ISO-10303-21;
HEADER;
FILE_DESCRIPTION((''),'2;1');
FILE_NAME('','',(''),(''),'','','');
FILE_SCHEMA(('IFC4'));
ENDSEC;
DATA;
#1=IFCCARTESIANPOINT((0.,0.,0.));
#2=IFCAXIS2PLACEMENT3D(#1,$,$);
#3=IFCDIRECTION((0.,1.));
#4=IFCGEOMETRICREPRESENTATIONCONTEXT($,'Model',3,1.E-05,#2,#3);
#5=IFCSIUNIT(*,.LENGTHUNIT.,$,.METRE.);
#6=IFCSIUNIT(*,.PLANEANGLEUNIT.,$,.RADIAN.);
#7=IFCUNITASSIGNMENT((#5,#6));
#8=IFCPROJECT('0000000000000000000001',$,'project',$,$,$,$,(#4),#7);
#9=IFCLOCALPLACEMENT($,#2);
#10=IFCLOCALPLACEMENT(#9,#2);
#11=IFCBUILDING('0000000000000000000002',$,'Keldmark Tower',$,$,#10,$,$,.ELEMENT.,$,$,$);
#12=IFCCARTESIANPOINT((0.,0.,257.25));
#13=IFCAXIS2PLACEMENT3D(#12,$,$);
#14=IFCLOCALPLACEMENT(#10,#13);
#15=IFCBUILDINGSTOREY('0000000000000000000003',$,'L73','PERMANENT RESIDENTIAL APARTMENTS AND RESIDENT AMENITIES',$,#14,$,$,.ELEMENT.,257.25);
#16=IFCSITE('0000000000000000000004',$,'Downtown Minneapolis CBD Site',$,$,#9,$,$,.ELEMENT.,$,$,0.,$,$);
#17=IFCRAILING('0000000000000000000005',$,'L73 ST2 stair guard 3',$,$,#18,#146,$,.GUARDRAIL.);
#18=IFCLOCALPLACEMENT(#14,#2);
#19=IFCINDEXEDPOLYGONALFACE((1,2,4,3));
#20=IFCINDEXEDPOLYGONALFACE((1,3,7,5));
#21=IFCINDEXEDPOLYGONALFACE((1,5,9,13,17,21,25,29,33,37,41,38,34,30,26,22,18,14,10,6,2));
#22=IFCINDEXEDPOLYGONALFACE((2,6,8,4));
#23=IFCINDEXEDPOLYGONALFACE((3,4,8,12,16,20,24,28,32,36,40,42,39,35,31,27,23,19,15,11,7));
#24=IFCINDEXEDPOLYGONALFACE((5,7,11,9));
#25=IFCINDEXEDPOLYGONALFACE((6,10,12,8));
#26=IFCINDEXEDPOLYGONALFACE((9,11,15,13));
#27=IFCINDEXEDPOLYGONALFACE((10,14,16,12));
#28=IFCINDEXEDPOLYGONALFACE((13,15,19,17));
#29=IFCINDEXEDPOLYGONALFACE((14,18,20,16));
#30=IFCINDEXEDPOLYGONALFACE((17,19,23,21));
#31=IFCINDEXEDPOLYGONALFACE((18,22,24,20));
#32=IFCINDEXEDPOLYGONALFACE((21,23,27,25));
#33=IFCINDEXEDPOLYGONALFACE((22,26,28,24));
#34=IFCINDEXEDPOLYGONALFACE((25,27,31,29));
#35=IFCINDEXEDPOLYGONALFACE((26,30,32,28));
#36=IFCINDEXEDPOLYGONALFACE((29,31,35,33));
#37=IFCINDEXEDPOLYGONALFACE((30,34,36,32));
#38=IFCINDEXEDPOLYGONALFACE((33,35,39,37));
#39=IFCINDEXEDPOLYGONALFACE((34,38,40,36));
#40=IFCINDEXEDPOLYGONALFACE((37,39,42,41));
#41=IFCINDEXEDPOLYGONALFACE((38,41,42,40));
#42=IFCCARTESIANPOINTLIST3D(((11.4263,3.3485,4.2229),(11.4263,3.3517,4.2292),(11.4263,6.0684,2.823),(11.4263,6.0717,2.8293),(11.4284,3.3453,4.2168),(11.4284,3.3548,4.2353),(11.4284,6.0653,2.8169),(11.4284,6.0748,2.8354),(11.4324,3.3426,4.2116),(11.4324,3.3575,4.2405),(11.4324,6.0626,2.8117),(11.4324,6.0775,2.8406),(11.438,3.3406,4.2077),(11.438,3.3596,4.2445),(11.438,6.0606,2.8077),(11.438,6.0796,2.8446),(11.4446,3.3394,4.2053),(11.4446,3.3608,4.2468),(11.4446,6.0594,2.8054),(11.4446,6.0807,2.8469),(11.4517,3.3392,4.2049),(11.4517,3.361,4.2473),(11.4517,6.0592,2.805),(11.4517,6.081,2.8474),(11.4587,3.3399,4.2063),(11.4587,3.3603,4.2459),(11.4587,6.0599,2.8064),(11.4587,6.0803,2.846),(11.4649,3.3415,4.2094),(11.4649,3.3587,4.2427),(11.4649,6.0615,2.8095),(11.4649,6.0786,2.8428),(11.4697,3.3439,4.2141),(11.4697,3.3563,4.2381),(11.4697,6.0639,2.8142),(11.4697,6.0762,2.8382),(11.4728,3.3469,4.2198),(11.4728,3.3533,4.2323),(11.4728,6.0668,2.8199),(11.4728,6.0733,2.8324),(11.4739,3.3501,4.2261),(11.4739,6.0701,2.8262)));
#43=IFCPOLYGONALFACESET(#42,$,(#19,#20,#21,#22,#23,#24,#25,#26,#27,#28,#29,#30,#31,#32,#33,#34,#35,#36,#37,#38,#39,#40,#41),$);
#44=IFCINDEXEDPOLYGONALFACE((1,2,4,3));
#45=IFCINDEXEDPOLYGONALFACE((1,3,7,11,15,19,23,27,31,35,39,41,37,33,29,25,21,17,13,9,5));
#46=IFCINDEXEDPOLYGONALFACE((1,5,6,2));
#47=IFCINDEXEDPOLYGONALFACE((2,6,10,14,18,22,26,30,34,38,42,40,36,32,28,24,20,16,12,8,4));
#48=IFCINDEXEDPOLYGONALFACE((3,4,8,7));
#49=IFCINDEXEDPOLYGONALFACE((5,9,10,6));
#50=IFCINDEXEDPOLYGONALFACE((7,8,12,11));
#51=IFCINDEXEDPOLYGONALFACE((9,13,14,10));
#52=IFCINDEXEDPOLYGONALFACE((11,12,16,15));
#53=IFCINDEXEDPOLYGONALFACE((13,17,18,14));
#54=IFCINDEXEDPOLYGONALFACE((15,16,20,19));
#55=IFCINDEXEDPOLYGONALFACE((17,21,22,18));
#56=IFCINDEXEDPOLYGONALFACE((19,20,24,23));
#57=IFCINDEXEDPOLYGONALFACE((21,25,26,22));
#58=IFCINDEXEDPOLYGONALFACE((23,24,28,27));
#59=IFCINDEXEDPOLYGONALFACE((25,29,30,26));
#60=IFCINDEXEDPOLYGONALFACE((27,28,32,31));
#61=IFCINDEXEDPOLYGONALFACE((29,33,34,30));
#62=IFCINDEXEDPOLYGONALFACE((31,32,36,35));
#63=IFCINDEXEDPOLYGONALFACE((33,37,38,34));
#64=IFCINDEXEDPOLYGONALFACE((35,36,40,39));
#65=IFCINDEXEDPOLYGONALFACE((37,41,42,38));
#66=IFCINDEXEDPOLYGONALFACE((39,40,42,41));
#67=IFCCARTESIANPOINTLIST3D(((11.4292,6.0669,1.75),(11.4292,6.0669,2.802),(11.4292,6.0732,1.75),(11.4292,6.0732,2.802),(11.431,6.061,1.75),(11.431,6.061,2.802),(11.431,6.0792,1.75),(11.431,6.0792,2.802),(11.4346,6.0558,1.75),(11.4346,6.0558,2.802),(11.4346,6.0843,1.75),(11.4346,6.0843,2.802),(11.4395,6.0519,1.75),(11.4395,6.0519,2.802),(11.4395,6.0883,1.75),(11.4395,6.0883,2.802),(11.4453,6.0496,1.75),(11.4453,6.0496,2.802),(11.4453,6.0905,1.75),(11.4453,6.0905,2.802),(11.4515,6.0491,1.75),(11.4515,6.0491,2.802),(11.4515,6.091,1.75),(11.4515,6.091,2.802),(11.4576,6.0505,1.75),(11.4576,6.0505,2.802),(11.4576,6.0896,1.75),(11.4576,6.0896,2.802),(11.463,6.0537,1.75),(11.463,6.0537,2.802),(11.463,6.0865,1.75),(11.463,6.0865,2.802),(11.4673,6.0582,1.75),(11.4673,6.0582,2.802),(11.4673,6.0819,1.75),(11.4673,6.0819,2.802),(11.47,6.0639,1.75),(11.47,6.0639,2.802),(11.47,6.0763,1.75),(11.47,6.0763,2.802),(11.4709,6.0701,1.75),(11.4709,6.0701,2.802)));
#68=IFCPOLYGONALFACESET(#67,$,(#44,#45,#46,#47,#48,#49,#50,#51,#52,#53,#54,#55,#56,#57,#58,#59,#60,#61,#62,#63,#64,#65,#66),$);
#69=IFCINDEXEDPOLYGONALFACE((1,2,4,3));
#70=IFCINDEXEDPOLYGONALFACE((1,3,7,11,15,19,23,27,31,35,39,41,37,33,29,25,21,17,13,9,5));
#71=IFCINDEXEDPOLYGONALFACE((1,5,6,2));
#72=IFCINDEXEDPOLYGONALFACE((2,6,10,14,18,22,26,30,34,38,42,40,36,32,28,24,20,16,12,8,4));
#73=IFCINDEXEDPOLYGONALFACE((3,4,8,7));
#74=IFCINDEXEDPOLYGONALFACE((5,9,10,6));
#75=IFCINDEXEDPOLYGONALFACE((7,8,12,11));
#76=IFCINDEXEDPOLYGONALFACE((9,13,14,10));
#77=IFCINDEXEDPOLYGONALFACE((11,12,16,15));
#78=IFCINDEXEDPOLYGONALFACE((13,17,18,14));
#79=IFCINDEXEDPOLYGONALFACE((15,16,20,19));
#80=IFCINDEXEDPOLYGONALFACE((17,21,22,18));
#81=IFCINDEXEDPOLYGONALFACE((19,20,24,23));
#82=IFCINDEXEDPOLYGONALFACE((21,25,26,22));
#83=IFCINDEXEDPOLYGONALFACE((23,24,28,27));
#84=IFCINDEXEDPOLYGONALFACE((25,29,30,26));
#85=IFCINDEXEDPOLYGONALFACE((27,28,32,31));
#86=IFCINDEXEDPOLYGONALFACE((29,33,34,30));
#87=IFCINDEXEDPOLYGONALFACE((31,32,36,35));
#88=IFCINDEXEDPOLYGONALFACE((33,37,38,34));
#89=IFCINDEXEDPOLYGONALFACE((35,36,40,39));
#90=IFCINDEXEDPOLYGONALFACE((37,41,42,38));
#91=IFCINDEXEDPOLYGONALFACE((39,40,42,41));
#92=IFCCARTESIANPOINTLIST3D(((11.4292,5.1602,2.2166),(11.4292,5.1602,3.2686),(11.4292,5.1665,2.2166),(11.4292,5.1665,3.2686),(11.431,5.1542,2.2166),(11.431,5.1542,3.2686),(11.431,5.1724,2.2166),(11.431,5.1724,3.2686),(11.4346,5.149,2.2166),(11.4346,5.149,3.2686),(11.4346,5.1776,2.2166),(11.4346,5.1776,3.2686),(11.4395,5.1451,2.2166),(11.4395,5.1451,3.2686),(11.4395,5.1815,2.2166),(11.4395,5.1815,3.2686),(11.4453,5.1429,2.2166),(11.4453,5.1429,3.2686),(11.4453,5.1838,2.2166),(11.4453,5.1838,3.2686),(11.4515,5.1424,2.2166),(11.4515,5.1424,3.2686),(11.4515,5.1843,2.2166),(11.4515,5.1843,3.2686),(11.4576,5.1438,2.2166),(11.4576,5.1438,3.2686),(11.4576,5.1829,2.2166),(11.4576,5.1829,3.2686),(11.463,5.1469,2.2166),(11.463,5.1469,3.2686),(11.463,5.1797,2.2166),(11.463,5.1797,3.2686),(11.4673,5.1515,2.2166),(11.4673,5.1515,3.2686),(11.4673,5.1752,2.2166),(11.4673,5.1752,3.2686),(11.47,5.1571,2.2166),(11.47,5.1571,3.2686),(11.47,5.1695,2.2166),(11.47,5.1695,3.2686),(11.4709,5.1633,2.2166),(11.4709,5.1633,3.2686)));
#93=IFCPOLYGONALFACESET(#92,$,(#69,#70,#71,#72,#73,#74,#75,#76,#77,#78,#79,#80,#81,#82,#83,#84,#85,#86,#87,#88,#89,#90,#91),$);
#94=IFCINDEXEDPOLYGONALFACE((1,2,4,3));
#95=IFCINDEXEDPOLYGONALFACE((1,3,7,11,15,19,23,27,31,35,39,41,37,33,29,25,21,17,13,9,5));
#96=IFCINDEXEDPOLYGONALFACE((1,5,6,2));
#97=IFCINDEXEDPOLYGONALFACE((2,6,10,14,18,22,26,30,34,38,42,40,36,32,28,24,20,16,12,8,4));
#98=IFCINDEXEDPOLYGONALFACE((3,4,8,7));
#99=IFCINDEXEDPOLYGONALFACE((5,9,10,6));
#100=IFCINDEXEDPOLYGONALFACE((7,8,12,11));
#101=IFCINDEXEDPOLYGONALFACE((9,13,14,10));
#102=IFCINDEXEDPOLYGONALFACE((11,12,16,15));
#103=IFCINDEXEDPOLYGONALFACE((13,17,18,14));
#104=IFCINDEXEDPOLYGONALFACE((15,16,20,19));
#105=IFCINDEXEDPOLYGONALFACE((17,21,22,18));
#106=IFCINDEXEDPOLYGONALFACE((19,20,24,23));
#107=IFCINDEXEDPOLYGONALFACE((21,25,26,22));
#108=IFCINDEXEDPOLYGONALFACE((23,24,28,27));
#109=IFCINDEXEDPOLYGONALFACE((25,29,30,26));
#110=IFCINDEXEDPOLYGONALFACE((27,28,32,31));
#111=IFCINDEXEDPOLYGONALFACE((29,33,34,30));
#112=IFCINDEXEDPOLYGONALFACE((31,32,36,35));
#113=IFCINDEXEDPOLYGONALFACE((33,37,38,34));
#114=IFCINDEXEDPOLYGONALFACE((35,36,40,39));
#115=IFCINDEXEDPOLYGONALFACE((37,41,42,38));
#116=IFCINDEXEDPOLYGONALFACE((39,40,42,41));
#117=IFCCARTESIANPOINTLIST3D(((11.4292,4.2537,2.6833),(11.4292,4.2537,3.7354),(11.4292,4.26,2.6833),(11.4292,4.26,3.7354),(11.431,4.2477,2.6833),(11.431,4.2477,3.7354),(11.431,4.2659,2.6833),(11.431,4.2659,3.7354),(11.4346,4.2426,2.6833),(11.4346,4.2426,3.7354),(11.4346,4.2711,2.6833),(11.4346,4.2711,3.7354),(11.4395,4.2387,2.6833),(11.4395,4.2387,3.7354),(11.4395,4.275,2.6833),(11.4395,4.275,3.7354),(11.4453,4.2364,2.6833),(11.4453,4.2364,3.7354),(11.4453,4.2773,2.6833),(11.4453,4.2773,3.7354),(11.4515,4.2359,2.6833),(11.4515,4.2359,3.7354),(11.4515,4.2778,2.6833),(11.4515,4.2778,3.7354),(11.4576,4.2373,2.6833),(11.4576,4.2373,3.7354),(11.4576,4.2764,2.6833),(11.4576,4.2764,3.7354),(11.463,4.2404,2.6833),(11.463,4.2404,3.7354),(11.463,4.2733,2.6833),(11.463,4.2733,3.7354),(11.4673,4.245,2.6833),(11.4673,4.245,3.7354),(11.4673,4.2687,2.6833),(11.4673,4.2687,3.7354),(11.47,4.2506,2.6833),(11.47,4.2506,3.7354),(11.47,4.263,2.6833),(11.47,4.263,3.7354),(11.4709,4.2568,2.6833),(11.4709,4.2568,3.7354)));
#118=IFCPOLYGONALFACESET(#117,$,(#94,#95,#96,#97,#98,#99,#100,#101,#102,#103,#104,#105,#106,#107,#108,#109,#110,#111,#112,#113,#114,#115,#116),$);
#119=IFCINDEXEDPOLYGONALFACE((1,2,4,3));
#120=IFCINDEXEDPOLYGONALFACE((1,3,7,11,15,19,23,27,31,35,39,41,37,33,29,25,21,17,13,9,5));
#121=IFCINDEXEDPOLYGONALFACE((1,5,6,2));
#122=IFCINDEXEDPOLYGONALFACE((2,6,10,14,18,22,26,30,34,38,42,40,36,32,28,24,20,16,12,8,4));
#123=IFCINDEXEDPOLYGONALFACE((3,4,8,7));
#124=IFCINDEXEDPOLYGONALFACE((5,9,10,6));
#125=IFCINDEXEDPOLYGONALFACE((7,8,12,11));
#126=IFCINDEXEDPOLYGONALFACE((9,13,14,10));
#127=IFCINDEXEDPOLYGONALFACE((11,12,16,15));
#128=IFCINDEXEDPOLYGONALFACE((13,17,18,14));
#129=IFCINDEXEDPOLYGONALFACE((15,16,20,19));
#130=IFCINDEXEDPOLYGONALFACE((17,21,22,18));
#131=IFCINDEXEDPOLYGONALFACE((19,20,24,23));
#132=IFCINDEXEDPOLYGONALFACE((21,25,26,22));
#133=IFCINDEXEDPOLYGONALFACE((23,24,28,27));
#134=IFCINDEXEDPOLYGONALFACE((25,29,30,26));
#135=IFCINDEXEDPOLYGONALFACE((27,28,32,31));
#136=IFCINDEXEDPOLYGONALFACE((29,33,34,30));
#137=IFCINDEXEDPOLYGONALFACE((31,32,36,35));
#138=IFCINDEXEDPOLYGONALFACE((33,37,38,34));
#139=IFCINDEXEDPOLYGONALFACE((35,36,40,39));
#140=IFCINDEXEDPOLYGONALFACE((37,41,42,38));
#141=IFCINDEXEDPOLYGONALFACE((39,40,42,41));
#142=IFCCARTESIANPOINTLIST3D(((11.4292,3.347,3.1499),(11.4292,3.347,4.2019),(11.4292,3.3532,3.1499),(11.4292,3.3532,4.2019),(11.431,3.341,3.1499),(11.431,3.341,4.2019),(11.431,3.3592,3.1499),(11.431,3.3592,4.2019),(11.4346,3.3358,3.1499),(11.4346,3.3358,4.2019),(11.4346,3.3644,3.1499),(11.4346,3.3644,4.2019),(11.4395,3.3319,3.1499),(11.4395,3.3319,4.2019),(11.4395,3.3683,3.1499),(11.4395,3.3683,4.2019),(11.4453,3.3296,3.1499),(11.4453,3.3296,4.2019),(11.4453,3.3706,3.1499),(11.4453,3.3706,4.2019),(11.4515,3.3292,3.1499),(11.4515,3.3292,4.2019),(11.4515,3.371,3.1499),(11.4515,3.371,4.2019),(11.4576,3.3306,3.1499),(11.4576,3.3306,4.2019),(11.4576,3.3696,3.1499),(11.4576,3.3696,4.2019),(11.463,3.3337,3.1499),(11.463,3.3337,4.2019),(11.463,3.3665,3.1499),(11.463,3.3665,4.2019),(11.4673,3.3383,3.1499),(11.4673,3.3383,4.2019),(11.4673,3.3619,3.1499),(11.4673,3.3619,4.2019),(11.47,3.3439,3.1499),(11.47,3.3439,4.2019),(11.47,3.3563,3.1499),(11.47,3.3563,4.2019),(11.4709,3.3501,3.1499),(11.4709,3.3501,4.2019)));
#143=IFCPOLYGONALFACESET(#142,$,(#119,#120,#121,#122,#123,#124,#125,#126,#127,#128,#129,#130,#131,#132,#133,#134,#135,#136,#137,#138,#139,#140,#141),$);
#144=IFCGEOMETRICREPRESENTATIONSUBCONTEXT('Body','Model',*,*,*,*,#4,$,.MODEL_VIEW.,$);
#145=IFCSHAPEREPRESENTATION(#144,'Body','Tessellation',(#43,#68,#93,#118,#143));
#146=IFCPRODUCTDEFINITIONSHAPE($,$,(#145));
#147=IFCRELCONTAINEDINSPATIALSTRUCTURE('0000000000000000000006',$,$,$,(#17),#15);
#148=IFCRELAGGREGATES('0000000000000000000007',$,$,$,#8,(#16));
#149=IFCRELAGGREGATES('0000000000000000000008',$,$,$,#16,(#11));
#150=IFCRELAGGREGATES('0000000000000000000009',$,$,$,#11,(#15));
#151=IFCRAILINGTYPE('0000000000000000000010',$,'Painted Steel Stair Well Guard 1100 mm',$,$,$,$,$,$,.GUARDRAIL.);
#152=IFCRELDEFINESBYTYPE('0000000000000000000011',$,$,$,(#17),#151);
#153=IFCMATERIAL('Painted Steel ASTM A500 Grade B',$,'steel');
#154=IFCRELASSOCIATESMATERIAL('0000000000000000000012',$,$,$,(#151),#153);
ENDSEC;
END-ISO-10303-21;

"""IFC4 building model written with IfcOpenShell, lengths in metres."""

from ifc_helpers import new_model, si_unit, direction, frame, origin, origin_2d, place, context, subcontext, project, spatial, circle, extrude, material, type_object, element, save


model = new_model("IFC4")

# Units and contexts
model_context = context("Model", 3, precision=1e-05, world=origin(), true_north=direction((0.0, 1.0)))
body_context = subcontext(model_context, "Body", "Model", "MODEL_VIEW")
ifc_project = project(units=[si_unit("LENGTHUNIT", "METRE"), si_unit("PLANEANGLEUNIT", "RADIAN")], contexts=[model_context])

# Site, building, storey
site_placement = place(None, origin())
site = spatial("IfcSite", under=ifc_project, at=site_placement, Name="Downtown Minneapolis CBD Site", CompositionType="ELEMENT", RefElevation=0.0)
building_placement = place(site_placement, origin())
building = spatial("IfcBuilding", under=site, at=building_placement, Name="Keldmark Tower", CompositionType="ELEMENT")
storey_placement = place(building_placement, frame((0.0, 0.0, 257.25)))
storey = spatial("IfcBuildingStorey", under=building, at=storey_placement, Name="L73", Description="PERMANENT RESIDENTIAL APARTMENTS AND RESIDENT AMENITIES", CompositionType="ELEMENT", Elevation=257.25)

# Railing
ifc_material_1 = material(Name="Painted Steel ASTM A500 Grade B", Category="steel")
railing_type = type_object("IfcRailingType", Name="Painted Steel Stair Well Guard 1100 mm", PredefinedType="GUARDRAIL", material=ifc_material_1)
railing_1_placement = place(storey_placement, frame((11.45, 6.0701, 1.75)))
element("IfcRailing", 1, at=railing_1_placement, inside=storey, type_object=railing_type, Name="L73 ST2 stair guard 3", PredefinedType="GUARDRAIL", context=body_context, shape_type="SweptSolid", body=[
    extrude(circle(Radius=0.0239, at=origin_2d()), frame((0.0, 0.0, 1.0762), z_axis=(0.0, -0.889147, 0.457622), x_axis=(1.0, 0.0, 0.0)), (0.0, 0.0, 1.0), 3.0591),
    extrude(circle(Radius=0.021, at=origin_2d()), origin(), (0.0, 0.0, 1.0), 1.052),
    extrude(circle(Radius=0.021, at=origin_2d()), frame((0.0, -0.9067, 0.4666)), (0.0, 0.0, 1.0), 1.052),
    extrude(circle(Radius=0.021, at=origin_2d()), frame((0.0, -1.8132, 0.9333)), (0.0, 0.0, 1.0), 1.052),
    extrude(circle(Radius=0.021, at=origin_2d()), frame((0.0, -2.72, 1.3999)), (0.0, 0.0, 1.0), 1.052),
])

save(model, "model.ifc")
